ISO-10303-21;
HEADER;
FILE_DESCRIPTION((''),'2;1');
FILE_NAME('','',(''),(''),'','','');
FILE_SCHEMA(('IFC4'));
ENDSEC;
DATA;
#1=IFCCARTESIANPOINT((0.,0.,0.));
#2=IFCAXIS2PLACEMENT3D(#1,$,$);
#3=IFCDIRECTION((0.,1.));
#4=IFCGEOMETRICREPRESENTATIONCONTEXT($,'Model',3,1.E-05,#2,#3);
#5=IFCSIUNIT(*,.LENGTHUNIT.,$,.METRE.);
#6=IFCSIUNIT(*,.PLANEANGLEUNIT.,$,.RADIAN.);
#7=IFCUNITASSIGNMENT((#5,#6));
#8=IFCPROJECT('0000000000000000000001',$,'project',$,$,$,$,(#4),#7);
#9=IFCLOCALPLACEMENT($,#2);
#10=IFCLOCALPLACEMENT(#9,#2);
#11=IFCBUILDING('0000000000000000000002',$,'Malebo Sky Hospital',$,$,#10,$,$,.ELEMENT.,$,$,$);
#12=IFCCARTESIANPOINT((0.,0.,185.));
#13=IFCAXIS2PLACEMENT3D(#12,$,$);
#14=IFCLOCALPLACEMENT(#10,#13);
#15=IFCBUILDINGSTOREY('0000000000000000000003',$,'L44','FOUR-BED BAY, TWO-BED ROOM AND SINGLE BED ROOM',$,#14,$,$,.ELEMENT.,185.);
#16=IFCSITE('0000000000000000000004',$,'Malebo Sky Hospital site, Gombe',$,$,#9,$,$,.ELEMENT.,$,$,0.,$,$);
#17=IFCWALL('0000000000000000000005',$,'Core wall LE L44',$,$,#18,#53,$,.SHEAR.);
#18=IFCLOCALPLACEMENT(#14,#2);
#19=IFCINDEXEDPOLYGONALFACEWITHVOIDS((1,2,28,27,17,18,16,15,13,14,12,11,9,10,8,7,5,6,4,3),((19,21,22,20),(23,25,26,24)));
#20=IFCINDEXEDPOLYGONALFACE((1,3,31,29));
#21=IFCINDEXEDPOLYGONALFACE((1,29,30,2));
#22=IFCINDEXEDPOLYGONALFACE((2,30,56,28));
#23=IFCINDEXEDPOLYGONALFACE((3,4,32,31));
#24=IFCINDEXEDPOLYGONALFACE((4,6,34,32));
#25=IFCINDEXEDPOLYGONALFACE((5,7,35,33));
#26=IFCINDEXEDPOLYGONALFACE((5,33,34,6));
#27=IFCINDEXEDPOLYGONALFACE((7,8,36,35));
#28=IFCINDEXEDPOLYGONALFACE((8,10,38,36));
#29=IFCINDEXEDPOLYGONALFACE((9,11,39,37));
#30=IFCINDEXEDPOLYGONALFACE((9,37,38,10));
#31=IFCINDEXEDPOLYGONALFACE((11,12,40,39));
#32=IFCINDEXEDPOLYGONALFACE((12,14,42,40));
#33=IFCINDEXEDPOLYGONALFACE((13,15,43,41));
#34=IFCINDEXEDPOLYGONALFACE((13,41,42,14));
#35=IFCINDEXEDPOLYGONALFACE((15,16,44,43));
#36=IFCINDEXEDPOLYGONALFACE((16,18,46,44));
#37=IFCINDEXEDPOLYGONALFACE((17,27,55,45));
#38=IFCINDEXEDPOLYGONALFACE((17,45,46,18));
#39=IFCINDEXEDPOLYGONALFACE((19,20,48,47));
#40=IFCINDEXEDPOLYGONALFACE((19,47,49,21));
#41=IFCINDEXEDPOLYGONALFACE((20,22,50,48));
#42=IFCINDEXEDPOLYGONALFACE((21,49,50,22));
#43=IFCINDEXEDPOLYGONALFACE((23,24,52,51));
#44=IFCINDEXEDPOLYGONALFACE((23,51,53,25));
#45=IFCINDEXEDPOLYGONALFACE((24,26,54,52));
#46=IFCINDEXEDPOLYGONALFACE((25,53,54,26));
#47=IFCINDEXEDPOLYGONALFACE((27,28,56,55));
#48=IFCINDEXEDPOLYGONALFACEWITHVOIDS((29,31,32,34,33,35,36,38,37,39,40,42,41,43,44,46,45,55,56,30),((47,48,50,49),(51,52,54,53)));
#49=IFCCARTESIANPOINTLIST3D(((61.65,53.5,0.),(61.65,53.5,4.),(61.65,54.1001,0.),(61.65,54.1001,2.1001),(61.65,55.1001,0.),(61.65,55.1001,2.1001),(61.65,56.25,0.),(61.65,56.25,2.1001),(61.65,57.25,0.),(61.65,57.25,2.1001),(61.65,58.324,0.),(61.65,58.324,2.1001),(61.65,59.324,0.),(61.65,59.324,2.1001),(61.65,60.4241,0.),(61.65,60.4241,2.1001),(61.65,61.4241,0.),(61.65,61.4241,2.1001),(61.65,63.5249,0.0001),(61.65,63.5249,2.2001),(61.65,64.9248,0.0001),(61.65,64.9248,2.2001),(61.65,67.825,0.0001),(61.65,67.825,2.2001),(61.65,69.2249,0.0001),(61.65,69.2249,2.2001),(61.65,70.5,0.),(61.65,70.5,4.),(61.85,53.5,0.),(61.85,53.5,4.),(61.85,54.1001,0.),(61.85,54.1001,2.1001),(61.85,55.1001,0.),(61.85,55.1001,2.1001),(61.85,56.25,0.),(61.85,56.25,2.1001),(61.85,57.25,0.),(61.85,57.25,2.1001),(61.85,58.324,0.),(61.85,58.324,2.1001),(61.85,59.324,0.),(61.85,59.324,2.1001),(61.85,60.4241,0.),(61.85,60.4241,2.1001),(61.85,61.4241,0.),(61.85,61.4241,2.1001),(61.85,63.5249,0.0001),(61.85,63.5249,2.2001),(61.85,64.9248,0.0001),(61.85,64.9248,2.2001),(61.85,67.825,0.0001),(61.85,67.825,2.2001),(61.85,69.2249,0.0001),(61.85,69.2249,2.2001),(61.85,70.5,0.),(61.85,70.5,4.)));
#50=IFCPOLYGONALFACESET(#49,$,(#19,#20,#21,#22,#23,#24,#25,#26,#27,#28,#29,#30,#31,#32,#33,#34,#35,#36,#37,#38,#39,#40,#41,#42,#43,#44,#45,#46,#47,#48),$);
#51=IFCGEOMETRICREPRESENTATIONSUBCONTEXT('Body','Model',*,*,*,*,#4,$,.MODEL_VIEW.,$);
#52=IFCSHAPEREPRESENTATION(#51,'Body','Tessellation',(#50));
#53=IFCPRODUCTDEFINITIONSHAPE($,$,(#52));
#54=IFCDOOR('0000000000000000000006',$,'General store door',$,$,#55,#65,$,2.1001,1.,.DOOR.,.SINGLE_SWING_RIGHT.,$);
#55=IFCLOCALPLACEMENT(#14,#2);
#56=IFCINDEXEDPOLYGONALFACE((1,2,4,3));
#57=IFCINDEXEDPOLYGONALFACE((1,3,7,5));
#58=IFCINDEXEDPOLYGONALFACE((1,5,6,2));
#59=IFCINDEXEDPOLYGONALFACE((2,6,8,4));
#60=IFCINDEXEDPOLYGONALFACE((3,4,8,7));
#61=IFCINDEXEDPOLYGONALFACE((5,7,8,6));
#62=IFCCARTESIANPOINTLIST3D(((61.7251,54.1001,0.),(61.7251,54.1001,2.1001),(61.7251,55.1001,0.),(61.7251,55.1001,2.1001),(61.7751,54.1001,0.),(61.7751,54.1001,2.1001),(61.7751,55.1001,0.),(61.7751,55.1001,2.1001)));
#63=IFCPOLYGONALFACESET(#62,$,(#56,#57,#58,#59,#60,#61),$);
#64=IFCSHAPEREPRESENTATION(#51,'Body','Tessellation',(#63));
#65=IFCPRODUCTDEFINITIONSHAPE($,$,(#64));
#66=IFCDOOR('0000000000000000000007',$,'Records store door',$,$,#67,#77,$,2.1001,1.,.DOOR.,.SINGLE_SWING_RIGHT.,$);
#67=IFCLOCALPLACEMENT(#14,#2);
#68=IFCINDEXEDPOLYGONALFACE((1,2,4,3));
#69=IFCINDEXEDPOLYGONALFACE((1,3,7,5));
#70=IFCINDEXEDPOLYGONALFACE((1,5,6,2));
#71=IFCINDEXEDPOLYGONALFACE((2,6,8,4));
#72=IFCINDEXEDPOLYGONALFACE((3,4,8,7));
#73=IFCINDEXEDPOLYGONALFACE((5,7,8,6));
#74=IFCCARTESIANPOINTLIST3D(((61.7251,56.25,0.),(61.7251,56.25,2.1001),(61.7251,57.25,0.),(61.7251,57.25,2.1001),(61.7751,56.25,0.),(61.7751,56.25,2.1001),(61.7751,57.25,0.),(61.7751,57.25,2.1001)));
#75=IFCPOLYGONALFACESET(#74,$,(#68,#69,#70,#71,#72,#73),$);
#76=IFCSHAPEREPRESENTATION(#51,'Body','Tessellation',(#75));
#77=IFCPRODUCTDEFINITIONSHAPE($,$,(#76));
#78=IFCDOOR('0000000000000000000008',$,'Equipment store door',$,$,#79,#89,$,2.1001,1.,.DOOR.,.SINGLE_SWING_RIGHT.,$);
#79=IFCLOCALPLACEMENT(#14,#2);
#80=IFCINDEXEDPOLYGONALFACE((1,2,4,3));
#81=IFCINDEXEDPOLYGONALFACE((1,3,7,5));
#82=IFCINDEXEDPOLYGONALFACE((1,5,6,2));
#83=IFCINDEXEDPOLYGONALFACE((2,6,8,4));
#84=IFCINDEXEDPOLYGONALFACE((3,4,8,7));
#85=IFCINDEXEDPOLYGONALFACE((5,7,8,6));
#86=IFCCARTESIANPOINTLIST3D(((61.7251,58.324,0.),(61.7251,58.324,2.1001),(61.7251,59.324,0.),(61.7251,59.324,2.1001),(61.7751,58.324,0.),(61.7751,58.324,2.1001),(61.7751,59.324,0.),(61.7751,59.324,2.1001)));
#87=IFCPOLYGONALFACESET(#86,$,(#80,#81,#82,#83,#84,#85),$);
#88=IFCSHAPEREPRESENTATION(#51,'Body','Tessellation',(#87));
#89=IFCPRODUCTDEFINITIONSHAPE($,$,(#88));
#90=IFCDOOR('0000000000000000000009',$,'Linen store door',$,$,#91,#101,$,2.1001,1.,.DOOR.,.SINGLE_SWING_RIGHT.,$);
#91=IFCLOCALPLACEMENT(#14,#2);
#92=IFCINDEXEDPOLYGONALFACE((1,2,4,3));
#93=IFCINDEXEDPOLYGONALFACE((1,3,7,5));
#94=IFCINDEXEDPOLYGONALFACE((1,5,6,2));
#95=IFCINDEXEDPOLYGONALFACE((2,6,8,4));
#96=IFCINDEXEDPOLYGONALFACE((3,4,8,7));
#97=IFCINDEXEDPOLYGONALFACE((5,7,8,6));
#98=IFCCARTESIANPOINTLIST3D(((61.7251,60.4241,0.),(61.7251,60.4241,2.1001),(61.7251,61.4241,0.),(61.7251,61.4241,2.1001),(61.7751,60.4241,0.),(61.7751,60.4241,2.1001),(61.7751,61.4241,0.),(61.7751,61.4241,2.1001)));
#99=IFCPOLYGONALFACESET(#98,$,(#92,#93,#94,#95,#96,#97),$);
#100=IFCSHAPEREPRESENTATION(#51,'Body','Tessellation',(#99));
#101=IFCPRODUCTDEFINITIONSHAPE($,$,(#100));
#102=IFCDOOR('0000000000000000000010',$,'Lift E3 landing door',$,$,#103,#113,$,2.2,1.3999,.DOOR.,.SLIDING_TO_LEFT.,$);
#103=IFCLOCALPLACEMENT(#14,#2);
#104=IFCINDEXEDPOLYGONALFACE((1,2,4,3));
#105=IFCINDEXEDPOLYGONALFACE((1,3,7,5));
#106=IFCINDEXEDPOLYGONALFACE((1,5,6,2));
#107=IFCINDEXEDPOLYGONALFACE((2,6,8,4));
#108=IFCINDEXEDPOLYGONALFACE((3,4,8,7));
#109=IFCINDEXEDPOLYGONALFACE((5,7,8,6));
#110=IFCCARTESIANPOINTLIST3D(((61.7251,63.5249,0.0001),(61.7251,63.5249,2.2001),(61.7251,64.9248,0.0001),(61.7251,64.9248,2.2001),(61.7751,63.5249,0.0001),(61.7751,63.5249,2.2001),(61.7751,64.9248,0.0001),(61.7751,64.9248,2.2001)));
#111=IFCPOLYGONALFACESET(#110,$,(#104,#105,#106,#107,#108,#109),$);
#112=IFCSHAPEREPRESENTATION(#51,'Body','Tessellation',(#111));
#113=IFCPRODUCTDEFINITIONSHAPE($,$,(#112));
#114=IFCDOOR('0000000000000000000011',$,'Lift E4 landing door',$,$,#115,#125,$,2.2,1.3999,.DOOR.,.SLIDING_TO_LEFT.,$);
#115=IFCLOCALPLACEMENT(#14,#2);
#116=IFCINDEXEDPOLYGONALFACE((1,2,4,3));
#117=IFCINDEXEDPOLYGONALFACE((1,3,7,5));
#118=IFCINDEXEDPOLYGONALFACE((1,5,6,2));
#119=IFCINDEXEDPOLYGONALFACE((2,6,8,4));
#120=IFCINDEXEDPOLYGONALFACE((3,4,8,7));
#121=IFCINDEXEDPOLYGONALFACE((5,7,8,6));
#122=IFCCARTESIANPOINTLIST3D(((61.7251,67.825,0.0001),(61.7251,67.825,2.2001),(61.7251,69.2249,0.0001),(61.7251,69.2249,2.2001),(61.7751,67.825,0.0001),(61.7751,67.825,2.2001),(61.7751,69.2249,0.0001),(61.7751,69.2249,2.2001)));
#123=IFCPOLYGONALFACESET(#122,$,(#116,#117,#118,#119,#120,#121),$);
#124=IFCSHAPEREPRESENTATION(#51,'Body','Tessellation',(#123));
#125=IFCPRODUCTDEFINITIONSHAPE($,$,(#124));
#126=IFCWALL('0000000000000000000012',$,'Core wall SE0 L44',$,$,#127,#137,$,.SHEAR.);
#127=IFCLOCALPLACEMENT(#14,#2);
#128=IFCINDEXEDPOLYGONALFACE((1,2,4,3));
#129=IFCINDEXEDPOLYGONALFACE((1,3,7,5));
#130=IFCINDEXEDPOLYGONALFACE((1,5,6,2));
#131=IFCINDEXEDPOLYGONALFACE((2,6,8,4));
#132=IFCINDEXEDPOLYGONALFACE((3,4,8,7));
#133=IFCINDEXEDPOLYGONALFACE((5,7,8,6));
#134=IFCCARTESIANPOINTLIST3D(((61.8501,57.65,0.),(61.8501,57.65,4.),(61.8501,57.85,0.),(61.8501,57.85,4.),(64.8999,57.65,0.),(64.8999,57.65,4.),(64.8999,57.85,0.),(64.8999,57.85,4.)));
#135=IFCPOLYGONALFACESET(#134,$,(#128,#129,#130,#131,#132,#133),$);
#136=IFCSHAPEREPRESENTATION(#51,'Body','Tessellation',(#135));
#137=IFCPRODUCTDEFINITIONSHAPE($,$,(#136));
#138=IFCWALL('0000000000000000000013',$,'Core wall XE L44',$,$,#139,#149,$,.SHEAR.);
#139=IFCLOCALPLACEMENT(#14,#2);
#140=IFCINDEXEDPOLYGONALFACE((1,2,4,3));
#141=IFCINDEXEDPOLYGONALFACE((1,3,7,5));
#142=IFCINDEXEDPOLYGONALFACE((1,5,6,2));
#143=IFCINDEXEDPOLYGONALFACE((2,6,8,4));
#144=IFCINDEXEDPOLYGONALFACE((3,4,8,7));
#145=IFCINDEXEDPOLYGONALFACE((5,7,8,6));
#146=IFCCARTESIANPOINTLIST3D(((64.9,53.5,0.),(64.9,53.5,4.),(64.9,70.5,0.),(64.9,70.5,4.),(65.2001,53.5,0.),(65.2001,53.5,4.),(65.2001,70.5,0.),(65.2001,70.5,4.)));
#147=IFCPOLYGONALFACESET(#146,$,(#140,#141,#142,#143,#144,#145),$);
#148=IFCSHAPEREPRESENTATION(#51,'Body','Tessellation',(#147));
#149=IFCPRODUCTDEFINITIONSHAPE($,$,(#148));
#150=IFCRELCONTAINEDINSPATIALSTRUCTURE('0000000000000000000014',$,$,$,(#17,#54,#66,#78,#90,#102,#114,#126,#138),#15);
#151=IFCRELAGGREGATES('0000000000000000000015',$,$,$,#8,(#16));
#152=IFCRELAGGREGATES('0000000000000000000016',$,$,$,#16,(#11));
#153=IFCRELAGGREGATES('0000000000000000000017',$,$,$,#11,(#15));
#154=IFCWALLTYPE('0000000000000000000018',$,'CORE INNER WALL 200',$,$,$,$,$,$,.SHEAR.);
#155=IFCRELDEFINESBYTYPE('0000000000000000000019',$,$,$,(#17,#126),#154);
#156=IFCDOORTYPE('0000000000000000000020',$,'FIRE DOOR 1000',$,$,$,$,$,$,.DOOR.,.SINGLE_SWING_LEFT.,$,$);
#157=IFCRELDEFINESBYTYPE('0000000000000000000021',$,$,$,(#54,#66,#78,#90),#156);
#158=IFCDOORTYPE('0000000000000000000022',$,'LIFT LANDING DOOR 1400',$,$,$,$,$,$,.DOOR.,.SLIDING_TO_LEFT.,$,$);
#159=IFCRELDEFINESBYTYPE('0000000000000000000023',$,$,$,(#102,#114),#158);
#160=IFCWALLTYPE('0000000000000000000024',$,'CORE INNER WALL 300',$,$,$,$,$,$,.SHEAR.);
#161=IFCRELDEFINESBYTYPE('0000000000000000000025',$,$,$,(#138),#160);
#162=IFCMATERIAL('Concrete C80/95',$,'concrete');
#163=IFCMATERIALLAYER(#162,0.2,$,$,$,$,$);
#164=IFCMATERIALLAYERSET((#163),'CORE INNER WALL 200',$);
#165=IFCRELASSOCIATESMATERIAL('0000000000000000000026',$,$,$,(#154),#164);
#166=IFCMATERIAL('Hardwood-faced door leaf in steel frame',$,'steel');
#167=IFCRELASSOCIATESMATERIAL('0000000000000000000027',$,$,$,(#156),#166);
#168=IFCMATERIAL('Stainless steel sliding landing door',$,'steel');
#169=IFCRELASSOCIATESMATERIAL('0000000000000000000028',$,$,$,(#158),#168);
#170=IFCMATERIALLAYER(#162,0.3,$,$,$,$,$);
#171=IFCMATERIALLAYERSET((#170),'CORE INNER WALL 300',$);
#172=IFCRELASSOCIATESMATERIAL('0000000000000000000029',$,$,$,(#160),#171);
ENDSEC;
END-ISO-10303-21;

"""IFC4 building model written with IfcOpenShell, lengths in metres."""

from ifc_helpers import new_model, si_unit, direction, frame, frame_2d, origin, place, context, subcontext, project, spatial, rectangle, extrude, material, layer, layer_set, type_object, element, fill, save


model = new_model("IFC4")

# Units and contexts
model_context = context("Model", 3, precision=1e-05, world=origin(), true_north=direction((0.0, 1.0)))
body_context = subcontext(model_context, "Body", "Model", "MODEL_VIEW")
ifc_project = project(units=[si_unit("LENGTHUNIT", "METRE"), si_unit("PLANEANGLEUNIT", "RADIAN")], contexts=[model_context])

# Site, building, storey
site_placement = place(None, origin())
site = spatial("IfcSite", under=ifc_project, at=site_placement, Name="Malebo Sky Hospital site, Gombe", CompositionType="ELEMENT", RefElevation=0.0)
building_placement = place(site_placement, origin())
building = spatial("IfcBuilding", under=site, at=building_placement, Name="Malebo Sky Hospital", CompositionType="ELEMENT")
storey_placement = place(building_placement, frame((0.0, 0.0, 185.0)))
storey = spatial("IfcBuildingStorey", under=building, at=storey_placement, Name="L44", Description="FOUR-BED BAY, TWO-BED ROOM AND SINGLE BED ROOM", CompositionType="ELEMENT", Elevation=185.0)

# Wall, openings, doors
ifc_material_1 = material(Name="Concrete C80/95", Category="concrete")
ifc_layer_1 = layer(ifc_material_1, 0.2)
ifc_layer_set_1 = layer_set([ifc_layer_1], Name="CORE INNER WALL 200")
wall_type_1 = type_object("IfcWallType", Name="CORE INNER WALL 200", PredefinedType="SHEAR", material=ifc_layer_set_1)
ifc_material_2 = material(Name="Hardwood-faced door leaf in steel frame", Category="steel")
door_type_1 = type_object("IfcDoorType", Name="FIRE DOOR 1000", OperationType="SINGLE_SWING_LEFT", PredefinedType="DOOR", material=ifc_material_2)
ifc_material_3 = material(Name="Stainless steel sliding landing door", Category="steel")
door_type_2 = type_object("IfcDoorType", Name="LIFT LANDING DOOR 1400", OperationType="SLIDING_TO_LEFT", PredefinedType="DOOR", material=ifc_material_3)
wall_1_placement = place(storey_placement, frame((61.75, 53.5, 0.0), z_axis=(0.0, 0.0, 1.0), x_axis=(0.0, 1.0, 0.0)))
wall_1 = element("IfcWall", 1, at=wall_1_placement, inside=storey, type_object=wall_type_1, Name="Core wall LE L44", PredefinedType="SHEAR", context=body_context, shape_type="SweptSolid", body=[
    extrude(rectangle(XDim=17.0, YDim=0.2, at=frame_2d((8.5, 0.0))), origin(), (0.0, 0.0, 1.0), 4.0),
])
opening_1_placement = place(wall_1_placement, frame((0.6001, 0.0, 0.0)))
opening_1 = element("IfcOpeningElement", 2, at=opening_1_placement, cuts=wall_1, PredefinedType="OPENING", context=body_context, shape_type="SweptSolid", body=[
    extrude(rectangle(XDim=1.0, YDim=2.1001, at=frame_2d((0.5, 1.05))), frame((0.0, 0.1099, 0.0), z_axis=(0.0, -1.0, 0.0), x_axis=(1.0, 0.0, 0.0)), (0.0, 0.0, 1.0), 0.22),
])
opening_2_placement = place(wall_1_placement, frame((2.75, 0.0, 0.0)))
opening_2 = element("IfcOpeningElement", 3, at=opening_2_placement, cuts=wall_1, PredefinedType="OPENING", context=body_context, shape_type="SweptSolid", body=[
    extrude(rectangle(XDim=1.0, YDim=2.1001, at=frame_2d((0.5, 1.05))), frame((0.0, 0.1099, 0.0), z_axis=(0.0, -1.0, 0.0), x_axis=(1.0, 0.0, 0.0)), (0.0, 0.0, 1.0), 0.22),
])
opening_3_placement = place(wall_1_placement, frame((4.824, 0.0, 0.0)))
opening_3 = element("IfcOpeningElement", 4, at=opening_3_placement, cuts=wall_1, PredefinedType="OPENING", context=body_context, shape_type="SweptSolid", body=[
    extrude(rectangle(XDim=1.0, YDim=2.1001, at=frame_2d((0.5, 1.05))), frame((0.0, 0.1099, 0.0), z_axis=(0.0, -1.0, 0.0), x_axis=(1.0, 0.0, 0.0)), (0.0, 0.0, 1.0), 0.22),
])
opening_4_placement = place(wall_1_placement, frame((6.9241, 0.0, 0.0)))
opening_4 = element("IfcOpeningElement", 5, at=opening_4_placement, cuts=wall_1, PredefinedType="OPENING", context=body_context, shape_type="SweptSolid", body=[
    extrude(rectangle(XDim=1.0, YDim=2.1001, at=frame_2d((0.5, 1.05))), frame((0.0, 0.1099, 0.0), z_axis=(0.0, -1.0, 0.0), x_axis=(1.0, 0.0, 0.0)), (0.0, 0.0, 1.0), 0.22),
])
opening_5_placement = place(wall_1_placement, frame((10.0249, 0.0, 0.0)))
opening_5 = element("IfcOpeningElement", 6, at=opening_5_placement, cuts=wall_1, PredefinedType="OPENING", context=body_context, shape_type="SweptSolid", body=[
    extrude(rectangle(XDim=1.3999, YDim=2.2, at=frame_2d((0.7, 1.1001))), frame((0.0, 0.1099, 0.0), z_axis=(0.0, -1.0, 0.0), x_axis=(1.0, 0.0, 0.0)), (0.0, 0.0, 1.0), 0.22),
])
opening_6_placement = place(wall_1_placement, frame((14.325, 0.0, 0.0)))
opening_6 = element("IfcOpeningElement", 7, at=opening_6_placement, cuts=wall_1, PredefinedType="OPENING", context=body_context, shape_type="SweptSolid", body=[
    extrude(rectangle(XDim=1.3999, YDim=2.2, at=frame_2d((0.7, 1.1001))), frame((0.0, 0.1099, 0.0), z_axis=(0.0, -1.0, 0.0), x_axis=(1.0, 0.0, 0.0)), (0.0, 0.0, 1.0), 0.22),
])
door_1_placement = place(opening_1_placement, origin())
door_1 = element("IfcDoor", 8, at=door_1_placement, inside=storey, type_object=door_type_1, Name="General store door", OperationType="SINGLE_SWING_RIGHT", OverallHeight=2.1001, OverallWidth=1.0, PredefinedType="DOOR", context=body_context, shape_type="SweptSolid", body=[
    extrude(rectangle(XDim=1.0, YDim=2.1001, at=frame_2d((0.5, 1.05))), frame((0.0, 0.0249, 0.0), z_axis=(0.0, -1.0, 0.0), x_axis=(1.0, 0.0, 0.0)), (0.0, 0.0, 1.0), 0.05),
])
fill(opening_1, door_1)
door_2_placement = place(opening_2_placement, origin())
door_2 = element("IfcDoor", 9, at=door_2_placement, inside=storey, type_object=door_type_1, Name="Records store door", OperationType="SINGLE_SWING_RIGHT", OverallHeight=2.1001, OverallWidth=1.0, PredefinedType="DOOR", context=body_context, shape_type="SweptSolid", body=[
    extrude(rectangle(XDim=1.0, YDim=2.1001, at=frame_2d((0.5, 1.05))), frame((0.0, 0.0249, 0.0), z_axis=(0.0, -1.0, 0.0), x_axis=(1.0, 0.0, 0.0)), (0.0, 0.0, 1.0), 0.05),
])
fill(opening_2, door_2)
door_3_placement = place(opening_3_placement, origin())
door_3 = element("IfcDoor", 10, at=door_3_placement, inside=storey, type_object=door_type_1, Name="Equipment store door", OperationType="SINGLE_SWING_RIGHT", OverallHeight=2.1001, OverallWidth=1.0, PredefinedType="DOOR", context=body_context, shape_type="SweptSolid", body=[
    extrude(rectangle(XDim=1.0, YDim=2.1001, at=frame_2d((0.5, 1.05))), frame((0.0, 0.0249, 0.0), z_axis=(0.0, -1.0, 0.0), x_axis=(1.0, 0.0, 0.0)), (0.0, 0.0, 1.0), 0.05),
])
fill(opening_3, door_3)
door_4_placement = place(opening_4_placement, origin())
door_4 = element("IfcDoor", 11, at=door_4_placement, inside=storey, type_object=door_type_1, Name="Linen store door", OperationType="SINGLE_SWING_RIGHT", OverallHeight=2.1001, OverallWidth=1.0, PredefinedType="DOOR", context=body_context, shape_type="SweptSolid", body=[
    extrude(rectangle(XDim=1.0, YDim=2.1001, at=frame_2d((0.5, 1.05))), frame((0.0, 0.0249, 0.0), z_axis=(0.0, -1.0, 0.0), x_axis=(1.0, 0.0, 0.0)), (0.0, 0.0, 1.0), 0.05),
])
fill(opening_4, door_4)
door_5_placement = place(opening_5_placement, origin())
door_5 = element("IfcDoor", 12, at=door_5_placement, inside=storey, type_object=door_type_2, Name="Lift E3 landing door", OperationType="SLIDING_TO_LEFT", OverallHeight=2.2, OverallWidth=1.3999, PredefinedType="DOOR", context=body_context, shape_type="SweptSolid", body=[
    extrude(rectangle(XDim=1.3999, YDim=2.2, at=frame_2d((0.7, 1.1001))), frame((0.0, 0.0249, 0.0), z_axis=(0.0, -1.0, 0.0), x_axis=(1.0, 0.0, 0.0)), (0.0, 0.0, 1.0), 0.05),
])
fill(opening_5, door_5)
door_6_placement = place(opening_6_placement, origin())
door_6 = element("IfcDoor", 13, at=door_6_placement, inside=storey, type_object=door_type_2, Name="Lift E4 landing door", OperationType="SLIDING_TO_LEFT", OverallHeight=2.2, OverallWidth=1.3999, PredefinedType="DOOR", context=body_context, shape_type="SweptSolid", body=[
    extrude(rectangle(XDim=1.3999, YDim=2.2, at=frame_2d((0.7, 1.1001))), frame((0.0, 0.0249, 0.0), z_axis=(0.0, -1.0, 0.0), x_axis=(1.0, 0.0, 0.0)), (0.0, 0.0, 1.0), 0.05),
])
fill(opening_6, door_6)

# Walls
wall_2_placement = place(storey_placement, frame((61.8501, 57.75, 0.0), z_axis=(0.0, 0.0, 1.0), x_axis=(1.0, 0.0, 0.0)))
element("IfcWall", 14, at=wall_2_placement, inside=storey, type_object=wall_type_1, Name="Core wall SE0 L44", PredefinedType="SHEAR", context=body_context, shape_type="SweptSolid", body=[
    extrude(rectangle(XDim=3.0498, YDim=0.2, at=frame_2d((1.5249, 0.0))), origin(), (0.0, 0.0, 1.0), 4.0),
])
ifc_layer_2 = layer(ifc_material_1, 0.3)
ifc_layer_set_2 = layer_set([ifc_layer_2], Name="CORE INNER WALL 300")
wall_type_2 = type_object("IfcWallType", Name="CORE INNER WALL 300", PredefinedType="SHEAR", material=ifc_layer_set_2)
wall_3_placement = place(storey_placement, frame((65.05, 53.5, 0.0), z_axis=(0.0, 0.0, 1.0), x_axis=(0.0, 1.0, 0.0)))
element("IfcWall", 15, at=wall_3_placement, inside=storey, type_object=wall_type_2, Name="Core wall XE L44", PredefinedType="SHEAR", context=body_context, shape_type="SweptSolid", body=[
    extrude(rectangle(XDim=17.0, YDim=0.3, at=frame_2d((8.5, 0.0))), origin(), (0.0, 0.0, 1.0), 4.0),
])

save(model, "model.ifc")
